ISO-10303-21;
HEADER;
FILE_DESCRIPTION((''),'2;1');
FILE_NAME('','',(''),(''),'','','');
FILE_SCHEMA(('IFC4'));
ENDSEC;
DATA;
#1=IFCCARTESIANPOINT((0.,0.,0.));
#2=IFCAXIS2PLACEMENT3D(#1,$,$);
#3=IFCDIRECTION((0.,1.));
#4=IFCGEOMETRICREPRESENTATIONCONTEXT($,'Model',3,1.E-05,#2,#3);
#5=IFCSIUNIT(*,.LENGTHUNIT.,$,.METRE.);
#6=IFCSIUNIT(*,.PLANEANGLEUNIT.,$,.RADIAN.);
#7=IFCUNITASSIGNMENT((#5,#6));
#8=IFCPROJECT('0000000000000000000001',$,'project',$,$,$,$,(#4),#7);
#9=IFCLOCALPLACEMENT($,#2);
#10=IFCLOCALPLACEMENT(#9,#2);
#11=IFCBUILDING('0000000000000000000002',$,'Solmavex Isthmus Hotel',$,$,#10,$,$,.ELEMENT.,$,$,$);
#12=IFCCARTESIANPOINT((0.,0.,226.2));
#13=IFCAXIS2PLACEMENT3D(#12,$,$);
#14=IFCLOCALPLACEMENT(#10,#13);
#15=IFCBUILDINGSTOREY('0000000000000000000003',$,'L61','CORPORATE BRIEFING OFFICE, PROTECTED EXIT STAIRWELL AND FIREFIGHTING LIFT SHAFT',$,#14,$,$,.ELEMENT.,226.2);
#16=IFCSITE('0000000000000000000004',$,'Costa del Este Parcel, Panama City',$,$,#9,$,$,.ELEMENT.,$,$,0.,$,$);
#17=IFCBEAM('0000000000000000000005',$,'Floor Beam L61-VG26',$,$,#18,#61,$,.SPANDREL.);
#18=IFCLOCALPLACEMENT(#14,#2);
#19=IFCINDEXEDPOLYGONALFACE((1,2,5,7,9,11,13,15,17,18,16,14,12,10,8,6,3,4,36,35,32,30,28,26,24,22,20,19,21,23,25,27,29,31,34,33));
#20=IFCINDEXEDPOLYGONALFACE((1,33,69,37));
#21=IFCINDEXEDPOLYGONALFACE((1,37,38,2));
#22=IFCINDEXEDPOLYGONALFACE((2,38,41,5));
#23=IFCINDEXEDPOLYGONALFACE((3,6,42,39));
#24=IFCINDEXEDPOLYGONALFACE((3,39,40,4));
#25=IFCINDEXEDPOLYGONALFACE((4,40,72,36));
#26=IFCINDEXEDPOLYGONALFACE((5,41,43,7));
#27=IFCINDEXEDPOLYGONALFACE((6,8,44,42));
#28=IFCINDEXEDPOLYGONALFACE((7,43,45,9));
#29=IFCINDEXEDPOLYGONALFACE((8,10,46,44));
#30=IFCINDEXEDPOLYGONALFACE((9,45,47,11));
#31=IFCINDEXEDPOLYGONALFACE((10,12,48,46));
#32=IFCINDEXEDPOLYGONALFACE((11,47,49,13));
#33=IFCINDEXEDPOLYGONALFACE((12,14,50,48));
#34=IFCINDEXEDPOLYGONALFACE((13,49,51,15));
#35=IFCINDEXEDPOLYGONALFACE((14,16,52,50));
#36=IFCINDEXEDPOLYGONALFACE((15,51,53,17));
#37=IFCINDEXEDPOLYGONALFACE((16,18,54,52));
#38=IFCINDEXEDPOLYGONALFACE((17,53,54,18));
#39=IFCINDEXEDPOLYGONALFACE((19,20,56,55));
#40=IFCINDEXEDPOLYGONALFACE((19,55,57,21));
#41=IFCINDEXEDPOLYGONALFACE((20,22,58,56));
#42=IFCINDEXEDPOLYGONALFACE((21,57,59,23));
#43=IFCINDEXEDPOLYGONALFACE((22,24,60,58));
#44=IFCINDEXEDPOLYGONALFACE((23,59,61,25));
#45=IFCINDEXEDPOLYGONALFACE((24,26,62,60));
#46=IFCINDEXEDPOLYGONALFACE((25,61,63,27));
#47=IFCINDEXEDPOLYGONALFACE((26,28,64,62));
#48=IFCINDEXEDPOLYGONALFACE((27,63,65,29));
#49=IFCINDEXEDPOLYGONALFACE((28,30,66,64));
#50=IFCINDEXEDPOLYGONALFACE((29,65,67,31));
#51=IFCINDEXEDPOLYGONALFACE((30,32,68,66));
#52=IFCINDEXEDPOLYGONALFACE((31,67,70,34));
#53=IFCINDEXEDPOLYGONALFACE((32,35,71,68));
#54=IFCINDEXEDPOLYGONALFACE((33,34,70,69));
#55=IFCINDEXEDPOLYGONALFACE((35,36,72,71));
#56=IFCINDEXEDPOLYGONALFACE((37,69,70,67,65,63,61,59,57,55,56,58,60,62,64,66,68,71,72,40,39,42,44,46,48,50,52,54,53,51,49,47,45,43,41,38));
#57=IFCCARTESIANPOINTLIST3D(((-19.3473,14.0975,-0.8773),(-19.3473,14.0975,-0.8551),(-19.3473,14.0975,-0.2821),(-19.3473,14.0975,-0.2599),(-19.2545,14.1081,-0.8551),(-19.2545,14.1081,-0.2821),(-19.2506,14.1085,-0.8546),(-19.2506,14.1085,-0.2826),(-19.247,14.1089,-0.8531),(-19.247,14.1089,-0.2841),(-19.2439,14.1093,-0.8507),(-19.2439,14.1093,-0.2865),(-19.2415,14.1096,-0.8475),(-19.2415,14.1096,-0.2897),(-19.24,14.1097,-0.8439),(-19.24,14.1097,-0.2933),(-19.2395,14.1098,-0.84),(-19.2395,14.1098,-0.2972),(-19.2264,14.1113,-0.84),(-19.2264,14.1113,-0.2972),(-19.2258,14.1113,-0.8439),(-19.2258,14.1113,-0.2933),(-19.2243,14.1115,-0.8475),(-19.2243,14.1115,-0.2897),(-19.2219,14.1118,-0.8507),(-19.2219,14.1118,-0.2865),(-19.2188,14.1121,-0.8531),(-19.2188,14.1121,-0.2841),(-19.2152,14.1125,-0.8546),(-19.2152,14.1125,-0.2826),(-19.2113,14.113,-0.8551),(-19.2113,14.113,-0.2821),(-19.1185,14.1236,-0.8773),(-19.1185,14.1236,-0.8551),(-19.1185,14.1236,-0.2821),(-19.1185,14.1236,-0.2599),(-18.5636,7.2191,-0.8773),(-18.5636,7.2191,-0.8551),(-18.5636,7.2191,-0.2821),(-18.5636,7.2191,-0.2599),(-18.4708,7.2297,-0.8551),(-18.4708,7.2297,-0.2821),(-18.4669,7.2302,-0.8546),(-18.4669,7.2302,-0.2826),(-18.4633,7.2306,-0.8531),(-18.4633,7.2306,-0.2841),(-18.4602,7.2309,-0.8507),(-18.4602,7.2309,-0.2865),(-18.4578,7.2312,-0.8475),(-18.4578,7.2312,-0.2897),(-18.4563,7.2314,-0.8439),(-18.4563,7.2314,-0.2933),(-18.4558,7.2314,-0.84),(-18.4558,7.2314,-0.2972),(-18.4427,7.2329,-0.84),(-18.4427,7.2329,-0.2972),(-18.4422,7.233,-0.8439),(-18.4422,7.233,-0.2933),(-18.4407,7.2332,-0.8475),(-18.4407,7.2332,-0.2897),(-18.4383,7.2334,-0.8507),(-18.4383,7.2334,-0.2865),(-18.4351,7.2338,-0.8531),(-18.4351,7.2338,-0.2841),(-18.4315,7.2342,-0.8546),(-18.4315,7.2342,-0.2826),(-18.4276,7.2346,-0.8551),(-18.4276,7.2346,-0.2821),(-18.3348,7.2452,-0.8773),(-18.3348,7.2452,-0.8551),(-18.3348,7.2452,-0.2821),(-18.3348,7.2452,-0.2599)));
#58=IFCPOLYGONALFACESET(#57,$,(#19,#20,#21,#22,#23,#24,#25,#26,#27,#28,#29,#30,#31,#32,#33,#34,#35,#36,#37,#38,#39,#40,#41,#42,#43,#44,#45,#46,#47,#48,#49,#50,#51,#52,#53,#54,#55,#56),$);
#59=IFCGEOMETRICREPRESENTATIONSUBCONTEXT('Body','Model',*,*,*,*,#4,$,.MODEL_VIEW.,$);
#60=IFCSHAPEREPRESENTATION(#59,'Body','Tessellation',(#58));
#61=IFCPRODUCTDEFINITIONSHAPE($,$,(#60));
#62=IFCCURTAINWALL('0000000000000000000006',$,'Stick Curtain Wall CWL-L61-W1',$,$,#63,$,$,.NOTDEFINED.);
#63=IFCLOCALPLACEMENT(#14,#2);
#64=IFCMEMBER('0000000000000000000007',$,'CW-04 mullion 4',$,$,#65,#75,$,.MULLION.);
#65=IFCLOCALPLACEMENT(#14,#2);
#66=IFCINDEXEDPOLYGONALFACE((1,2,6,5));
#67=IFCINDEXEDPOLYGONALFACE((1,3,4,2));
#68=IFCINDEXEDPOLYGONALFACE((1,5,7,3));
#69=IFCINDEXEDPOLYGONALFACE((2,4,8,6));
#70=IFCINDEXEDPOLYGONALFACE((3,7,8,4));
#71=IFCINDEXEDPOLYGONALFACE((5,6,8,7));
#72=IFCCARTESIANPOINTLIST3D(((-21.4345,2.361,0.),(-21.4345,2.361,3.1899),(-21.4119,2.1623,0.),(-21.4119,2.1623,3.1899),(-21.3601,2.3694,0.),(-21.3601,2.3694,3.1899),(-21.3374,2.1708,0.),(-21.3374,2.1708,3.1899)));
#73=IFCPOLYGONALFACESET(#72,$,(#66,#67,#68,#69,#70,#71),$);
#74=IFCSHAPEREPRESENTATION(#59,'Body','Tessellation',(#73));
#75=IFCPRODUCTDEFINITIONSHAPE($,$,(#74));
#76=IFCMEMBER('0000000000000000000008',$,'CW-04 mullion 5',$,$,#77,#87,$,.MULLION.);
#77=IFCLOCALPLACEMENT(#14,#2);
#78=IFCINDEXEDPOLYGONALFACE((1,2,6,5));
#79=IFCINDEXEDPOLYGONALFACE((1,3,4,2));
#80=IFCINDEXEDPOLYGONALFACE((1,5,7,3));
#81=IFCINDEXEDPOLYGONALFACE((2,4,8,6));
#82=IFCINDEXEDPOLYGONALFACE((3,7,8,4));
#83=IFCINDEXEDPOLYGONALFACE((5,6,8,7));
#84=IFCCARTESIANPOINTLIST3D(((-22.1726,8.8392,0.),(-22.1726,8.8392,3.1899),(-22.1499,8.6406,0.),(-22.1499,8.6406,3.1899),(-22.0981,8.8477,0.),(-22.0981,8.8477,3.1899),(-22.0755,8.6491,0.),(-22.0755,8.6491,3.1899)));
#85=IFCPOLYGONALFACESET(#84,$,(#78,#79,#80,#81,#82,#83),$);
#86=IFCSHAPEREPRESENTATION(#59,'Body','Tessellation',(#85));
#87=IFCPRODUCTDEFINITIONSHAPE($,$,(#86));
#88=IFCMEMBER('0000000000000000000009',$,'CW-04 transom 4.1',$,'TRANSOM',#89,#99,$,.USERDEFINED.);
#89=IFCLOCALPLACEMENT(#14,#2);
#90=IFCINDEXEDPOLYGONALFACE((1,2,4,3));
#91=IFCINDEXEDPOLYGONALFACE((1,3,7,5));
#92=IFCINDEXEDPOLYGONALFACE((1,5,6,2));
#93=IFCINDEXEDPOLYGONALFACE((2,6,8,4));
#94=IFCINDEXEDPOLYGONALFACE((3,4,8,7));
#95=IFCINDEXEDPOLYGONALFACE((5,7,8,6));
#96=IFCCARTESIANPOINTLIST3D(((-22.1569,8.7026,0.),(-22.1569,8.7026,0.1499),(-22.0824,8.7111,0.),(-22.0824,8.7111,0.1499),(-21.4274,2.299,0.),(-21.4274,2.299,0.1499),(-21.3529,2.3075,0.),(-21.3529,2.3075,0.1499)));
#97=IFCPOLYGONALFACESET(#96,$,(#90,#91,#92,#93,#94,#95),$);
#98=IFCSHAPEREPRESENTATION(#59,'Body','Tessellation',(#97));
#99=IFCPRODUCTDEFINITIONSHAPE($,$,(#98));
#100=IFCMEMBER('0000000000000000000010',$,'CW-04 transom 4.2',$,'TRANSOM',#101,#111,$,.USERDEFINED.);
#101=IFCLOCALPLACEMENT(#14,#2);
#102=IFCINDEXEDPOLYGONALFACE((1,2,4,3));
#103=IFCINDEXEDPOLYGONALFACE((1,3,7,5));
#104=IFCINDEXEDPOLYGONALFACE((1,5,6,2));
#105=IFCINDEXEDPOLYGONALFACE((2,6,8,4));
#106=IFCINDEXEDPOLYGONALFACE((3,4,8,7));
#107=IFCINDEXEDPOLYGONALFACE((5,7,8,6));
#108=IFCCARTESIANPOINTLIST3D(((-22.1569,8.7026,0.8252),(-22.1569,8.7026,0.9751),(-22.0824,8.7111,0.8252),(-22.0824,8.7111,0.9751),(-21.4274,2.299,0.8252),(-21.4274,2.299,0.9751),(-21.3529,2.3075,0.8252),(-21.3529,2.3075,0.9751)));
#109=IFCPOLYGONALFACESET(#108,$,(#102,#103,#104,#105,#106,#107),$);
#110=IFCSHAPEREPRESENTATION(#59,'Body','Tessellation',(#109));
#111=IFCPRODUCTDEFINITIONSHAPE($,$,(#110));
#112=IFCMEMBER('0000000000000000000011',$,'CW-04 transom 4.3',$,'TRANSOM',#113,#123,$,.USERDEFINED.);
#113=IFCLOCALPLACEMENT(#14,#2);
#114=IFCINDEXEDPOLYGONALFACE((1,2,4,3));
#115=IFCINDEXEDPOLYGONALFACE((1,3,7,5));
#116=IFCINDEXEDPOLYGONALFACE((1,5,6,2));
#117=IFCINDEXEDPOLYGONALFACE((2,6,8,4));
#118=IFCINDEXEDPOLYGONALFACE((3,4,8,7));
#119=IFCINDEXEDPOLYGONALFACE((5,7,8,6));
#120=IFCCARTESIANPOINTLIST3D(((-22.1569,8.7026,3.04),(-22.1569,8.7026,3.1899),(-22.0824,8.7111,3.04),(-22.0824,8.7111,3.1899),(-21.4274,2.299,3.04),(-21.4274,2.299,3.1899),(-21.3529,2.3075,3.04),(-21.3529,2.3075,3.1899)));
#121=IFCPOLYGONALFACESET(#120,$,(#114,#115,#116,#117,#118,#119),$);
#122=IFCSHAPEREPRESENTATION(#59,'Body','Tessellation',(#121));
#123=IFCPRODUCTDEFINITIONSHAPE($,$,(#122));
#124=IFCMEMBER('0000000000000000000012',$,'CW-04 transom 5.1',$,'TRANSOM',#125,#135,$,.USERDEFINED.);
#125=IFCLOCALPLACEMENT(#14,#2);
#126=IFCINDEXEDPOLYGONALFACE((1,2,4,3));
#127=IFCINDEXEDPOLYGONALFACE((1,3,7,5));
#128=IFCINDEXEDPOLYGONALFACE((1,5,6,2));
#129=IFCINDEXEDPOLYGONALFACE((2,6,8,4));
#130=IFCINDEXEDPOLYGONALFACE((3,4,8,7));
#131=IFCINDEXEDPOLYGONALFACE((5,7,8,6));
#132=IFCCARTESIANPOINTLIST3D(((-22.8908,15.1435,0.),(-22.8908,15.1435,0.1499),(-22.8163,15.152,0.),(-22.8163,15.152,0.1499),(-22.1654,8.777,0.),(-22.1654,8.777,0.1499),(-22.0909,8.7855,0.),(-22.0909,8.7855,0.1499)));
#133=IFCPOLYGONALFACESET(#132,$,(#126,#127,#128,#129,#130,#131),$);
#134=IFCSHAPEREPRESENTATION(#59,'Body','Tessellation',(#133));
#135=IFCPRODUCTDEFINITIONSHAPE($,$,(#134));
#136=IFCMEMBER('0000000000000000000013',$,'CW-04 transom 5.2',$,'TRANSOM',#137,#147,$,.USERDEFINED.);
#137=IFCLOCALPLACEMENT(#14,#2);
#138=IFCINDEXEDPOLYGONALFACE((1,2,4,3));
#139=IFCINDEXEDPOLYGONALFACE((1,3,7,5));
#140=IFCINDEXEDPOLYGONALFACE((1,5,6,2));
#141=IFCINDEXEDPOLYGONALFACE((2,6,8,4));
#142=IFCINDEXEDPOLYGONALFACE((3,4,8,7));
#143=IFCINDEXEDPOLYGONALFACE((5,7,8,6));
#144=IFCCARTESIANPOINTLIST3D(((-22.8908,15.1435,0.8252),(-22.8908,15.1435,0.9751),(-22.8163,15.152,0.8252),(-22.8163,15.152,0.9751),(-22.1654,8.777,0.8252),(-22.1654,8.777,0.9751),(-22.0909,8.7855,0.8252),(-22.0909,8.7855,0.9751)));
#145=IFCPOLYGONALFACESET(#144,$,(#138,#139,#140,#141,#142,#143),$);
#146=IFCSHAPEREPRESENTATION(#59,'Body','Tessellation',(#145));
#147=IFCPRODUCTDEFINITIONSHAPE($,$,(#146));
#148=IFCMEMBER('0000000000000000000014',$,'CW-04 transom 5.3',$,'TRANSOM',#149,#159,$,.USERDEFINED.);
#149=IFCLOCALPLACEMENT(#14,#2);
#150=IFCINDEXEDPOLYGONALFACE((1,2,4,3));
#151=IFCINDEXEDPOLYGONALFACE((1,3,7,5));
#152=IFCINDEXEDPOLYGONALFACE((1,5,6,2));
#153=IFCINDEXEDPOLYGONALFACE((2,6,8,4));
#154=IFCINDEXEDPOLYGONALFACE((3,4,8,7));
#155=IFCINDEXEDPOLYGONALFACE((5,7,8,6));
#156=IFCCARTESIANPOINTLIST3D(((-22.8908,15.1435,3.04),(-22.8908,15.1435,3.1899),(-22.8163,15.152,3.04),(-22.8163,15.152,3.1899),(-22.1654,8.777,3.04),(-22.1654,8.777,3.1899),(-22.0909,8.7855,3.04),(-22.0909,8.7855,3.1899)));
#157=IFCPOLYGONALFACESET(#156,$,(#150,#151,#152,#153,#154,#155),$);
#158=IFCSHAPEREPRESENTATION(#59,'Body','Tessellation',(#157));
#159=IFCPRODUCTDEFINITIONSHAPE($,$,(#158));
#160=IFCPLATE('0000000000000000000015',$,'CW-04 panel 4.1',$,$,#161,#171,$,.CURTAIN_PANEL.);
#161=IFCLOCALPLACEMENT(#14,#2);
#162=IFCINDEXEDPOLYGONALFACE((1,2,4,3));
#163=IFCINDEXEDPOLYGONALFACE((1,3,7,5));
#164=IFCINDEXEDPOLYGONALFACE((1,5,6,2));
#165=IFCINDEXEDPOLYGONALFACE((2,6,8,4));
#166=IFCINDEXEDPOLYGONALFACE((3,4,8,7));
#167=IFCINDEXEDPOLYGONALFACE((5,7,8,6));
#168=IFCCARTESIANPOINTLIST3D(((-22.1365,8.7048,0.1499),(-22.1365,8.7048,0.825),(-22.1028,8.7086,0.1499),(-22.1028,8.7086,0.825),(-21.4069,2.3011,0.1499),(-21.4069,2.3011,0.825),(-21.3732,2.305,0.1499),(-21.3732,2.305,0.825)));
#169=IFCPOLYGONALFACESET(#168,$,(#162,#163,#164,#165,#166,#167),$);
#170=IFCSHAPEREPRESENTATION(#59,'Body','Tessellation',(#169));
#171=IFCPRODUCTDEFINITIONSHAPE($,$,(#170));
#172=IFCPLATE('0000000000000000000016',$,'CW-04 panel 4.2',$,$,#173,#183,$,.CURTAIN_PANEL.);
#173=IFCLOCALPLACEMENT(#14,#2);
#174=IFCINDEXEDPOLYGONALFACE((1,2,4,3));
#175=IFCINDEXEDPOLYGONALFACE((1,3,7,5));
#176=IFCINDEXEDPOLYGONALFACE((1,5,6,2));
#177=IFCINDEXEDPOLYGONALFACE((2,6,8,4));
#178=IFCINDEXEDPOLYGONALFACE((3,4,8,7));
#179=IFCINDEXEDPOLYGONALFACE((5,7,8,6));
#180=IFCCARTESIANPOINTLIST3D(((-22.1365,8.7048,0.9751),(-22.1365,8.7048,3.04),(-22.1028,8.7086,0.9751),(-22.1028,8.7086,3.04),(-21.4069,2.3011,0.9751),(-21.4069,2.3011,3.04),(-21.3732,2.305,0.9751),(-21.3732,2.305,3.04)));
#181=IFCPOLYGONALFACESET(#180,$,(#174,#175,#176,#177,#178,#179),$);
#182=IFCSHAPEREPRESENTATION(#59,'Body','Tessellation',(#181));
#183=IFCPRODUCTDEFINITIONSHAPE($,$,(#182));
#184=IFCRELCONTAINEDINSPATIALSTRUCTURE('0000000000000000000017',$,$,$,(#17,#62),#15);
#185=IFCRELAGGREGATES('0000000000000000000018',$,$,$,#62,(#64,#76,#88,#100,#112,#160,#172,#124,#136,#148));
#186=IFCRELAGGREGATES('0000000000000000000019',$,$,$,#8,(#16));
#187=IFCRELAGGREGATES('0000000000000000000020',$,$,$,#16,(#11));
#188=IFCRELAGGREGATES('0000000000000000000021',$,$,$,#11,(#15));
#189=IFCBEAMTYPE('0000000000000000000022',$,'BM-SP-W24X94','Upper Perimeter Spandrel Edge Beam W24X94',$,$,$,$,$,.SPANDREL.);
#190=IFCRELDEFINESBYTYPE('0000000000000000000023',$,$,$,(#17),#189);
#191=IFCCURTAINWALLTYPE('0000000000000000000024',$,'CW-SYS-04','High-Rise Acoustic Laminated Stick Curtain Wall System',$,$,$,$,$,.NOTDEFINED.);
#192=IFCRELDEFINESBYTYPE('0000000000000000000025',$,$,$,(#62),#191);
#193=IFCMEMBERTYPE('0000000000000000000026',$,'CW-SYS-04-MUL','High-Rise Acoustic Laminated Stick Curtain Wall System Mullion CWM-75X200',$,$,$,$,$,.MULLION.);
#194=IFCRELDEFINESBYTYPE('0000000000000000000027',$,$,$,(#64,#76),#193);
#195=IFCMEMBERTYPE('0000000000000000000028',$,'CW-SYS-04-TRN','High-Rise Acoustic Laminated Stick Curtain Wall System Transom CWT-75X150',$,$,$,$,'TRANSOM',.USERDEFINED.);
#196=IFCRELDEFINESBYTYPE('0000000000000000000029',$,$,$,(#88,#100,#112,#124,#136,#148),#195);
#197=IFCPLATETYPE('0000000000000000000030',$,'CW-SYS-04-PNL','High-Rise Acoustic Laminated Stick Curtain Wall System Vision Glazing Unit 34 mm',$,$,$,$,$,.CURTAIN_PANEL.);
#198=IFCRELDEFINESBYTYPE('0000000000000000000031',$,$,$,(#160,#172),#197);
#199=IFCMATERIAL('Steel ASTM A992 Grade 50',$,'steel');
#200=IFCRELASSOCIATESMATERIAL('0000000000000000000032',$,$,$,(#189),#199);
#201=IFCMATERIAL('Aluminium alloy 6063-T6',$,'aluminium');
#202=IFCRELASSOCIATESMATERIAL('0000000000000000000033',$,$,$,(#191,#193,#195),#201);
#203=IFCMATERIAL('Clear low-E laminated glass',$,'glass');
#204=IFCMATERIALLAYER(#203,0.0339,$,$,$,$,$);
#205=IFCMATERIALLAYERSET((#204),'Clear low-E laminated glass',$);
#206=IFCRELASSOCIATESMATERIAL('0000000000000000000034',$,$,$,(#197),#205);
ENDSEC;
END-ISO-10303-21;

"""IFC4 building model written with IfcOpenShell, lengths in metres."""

from ifc_helpers import new_model, si_unit, direction, frame, origin, origin_2d, place, context, subcontext, project, spatial, rectangle, i_section, extrude, material, layer, layer_set, material_profile, profile_set, type_object, element, aggregate, save


model = new_model("IFC4")

# Units and contexts
model_context = context("Model", 3, precision=1e-05, world=origin(), true_north=direction((0.0, 1.0)))
body_context = subcontext(model_context, "Body", "Model", "MODEL_VIEW")
ifc_project = project(units=[si_unit("LENGTHUNIT", "METRE"), si_unit("PLANEANGLEUNIT", "RADIAN")], contexts=[model_context])

# Site, building, storey
site_placement = place(None, origin())
site = spatial("IfcSite", under=ifc_project, at=site_placement, Name="Costa del Este Parcel, Panama City", CompositionType="ELEMENT", RefElevation=0.0)
building_placement = place(site_placement, origin())
building = spatial("IfcBuilding", under=site, at=building_placement, Name="Solmavex Isthmus Hotel", CompositionType="ELEMENT")
storey_placement = place(building_placement, frame((0.0, 0.0, 226.2)))
storey = spatial("IfcBuildingStorey", under=building, at=storey_placement, Name="L61", Description="CORPORATE BRIEFING OFFICE, PROTECTED EXIT STAIRWELL AND FIREFIGHTING LIFT SHAFT", CompositionType="ELEMENT", Elevation=226.2)

# Beam
ifc_material_1 = material(Name="Steel ASTM A992 Grade 50", Category="steel")
ifc_material_profile_1 = material_profile(ifc_material_1, i_section(OverallWidth=0.2302, OverallDepth=0.6174, WebThickness=0.0132, FlangeThickness=0.0222, FilletRadius=0.0151, at=origin_2d()), Name="W24X94")
ifc_profile_set_1 = profile_set([ifc_material_profile_1], Name="Steel ASTM A992 Grade 50")
beam_type_1 = type_object("IfcBeamType", Name="BM-SP-W24X94", Description="Upper Perimeter Spandrel Edge Beam W24X94", PredefinedType="SPANDREL", material=ifc_profile_set_1)
beam_1_placement = place(storey_placement, frame((-18.4492, 7.2322, -0.5686), z_axis=(-0.113202, 0.993572, 0.0), x_axis=(-0.993572, -0.113202, 0.0)))
element("IfcBeam", 1, at=beam_1_placement, inside=storey, type_object=beam_type_1, Name="Floor Beam L61-VG26", PredefinedType="SPANDREL", context=body_context, shape_type="SweptSolid", body=[
    extrude(i_section(OverallWidth=0.2302, OverallDepth=0.6174, WebThickness=0.0132, FlangeThickness=0.0222, FilletRadius=0.0151, at=origin_2d()), origin(), (0.0, 0.0, 1.0), 6.9229),
])

# Curtain wall, members, plates
ifc_material_2 = material(Name="Aluminium alloy 6063-T6", Category="aluminium")
curtain_wall_type = type_object("IfcCurtainWallType", Name="CW-SYS-04", Description="High-Rise Acoustic Laminated Stick Curtain Wall System", PredefinedType="NOTDEFINED", material=ifc_material_2)
curtain_wall_placement = place(storey_placement, origin())
curtain_wall = element("IfcCurtainWall", 2, at=curtain_wall_placement, inside=storey, type_object=curtain_wall_type, Name="Stick Curtain Wall CWL-L61-W1", PredefinedType="NOTDEFINED")
ifc_material_profile_2 = material_profile(ifc_material_2, rectangle(XDim=0.075, YDim=0.2, at=origin_2d()), Name="CWM-75X200")
ifc_profile_set_2 = profile_set([ifc_material_profile_2], Name="Aluminium alloy 6063-T6")
member_type_1 = type_object("IfcMemberType", Name="CW-SYS-04-MUL", Description="High-Rise Acoustic Laminated Stick Curtain Wall System Mullion CWM-75X200", PredefinedType="MULLION", material=ifc_profile_set_2)
member_1_placement = place(storey_placement, frame((-21.386, 2.2659, 0.0), z_axis=(0.0, 0.0, 1.0), x_axis=(-0.993572, -0.113203, 0.0)))
member_1 = element("IfcMember", 3, at=member_1_placement, type_object=member_type_1, Name="CW-04 mullion 4", PredefinedType="MULLION", context=body_context, shape_type="SweptSolid", body=[
    extrude(rectangle(XDim=0.075, YDim=0.2, at=origin_2d()), origin(), (0.0, 0.0, 1.0), 3.1899),
])
member_2_placement = place(storey_placement, frame((-22.124, 8.7441, 0.0), z_axis=(0.0, 0.0, 1.0), x_axis=(-0.993572, -0.113203, 0.0)))
member_2 = element("IfcMember", 4, at=member_2_placement, type_object=member_type_1, Name="CW-04 mullion 5", PredefinedType="MULLION", context=body_context, shape_type="SweptSolid", body=[
    extrude(rectangle(XDim=0.075, YDim=0.2, at=origin_2d()), origin(), (0.0, 0.0, 1.0), 3.1899),
])
ifc_material_profile_3 = material_profile(ifc_material_2, rectangle(XDim=0.075, YDim=0.1499, at=origin_2d()), Name="CWT-75X150")
ifc_profile_set_3 = profile_set([ifc_material_profile_3], Name="Aluminium alloy 6063-T6")
member_type_2 = type_object("IfcMemberType", Name="CW-SYS-04-TRN", Description="High-Rise Acoustic Laminated Stick Curtain Wall System Transom CWT-75X150", ElementType="TRANSOM", PredefinedType="USERDEFINED", material=ifc_profile_set_3)
member_3_placement = place(storey_placement, frame((-21.3901, 2.3032, 0.075), z_axis=(-0.113188, 0.993574, 0.0), x_axis=(-0.993574, -0.113188, 0.0)))
member_3 = element("IfcMember", 5, at=member_3_placement, type_object=member_type_2, Name="CW-04 transom 4.1", ObjectType="TRANSOM", PredefinedType="USERDEFINED", context=body_context, shape_type="SweptSolid", body=[
    extrude(rectangle(XDim=0.075, YDim=0.1499, at=origin_2d()), origin(), (0.0, 0.0, 1.0), 6.4451),
])
member_4_placement = place(storey_placement, frame((-21.3901, 2.3032, 0.9001), z_axis=(-0.113188, 0.993574, 0.0), x_axis=(-0.993574, -0.113188, 0.0)))
member_4 = element("IfcMember", 6, at=member_4_placement, type_object=member_type_2, Name="CW-04 transom 4.2", ObjectType="TRANSOM", PredefinedType="USERDEFINED", context=body_context, shape_type="SweptSolid", body=[
    extrude(rectangle(XDim=0.075, YDim=0.1499, at=origin_2d()), origin(), (0.0, 0.0, 1.0), 6.4451),
])
member_5_placement = place(storey_placement, frame((-21.3901, 2.3032, 3.115), z_axis=(-0.113188, 0.993574, 0.0), x_axis=(-0.993574, -0.113188, 0.0)))
member_5 = element("IfcMember", 7, at=member_5_placement, type_object=member_type_2, Name="CW-04 transom 4.3", ObjectType="TRANSOM", PredefinedType="USERDEFINED", context=body_context, shape_type="SweptSolid", body=[
    extrude(rectangle(XDim=0.075, YDim=0.1499, at=origin_2d()), origin(), (0.0, 0.0, 1.0), 6.4451),
])
member_6_placement = place(storey_placement, frame((-22.1282, 8.7812, 0.075), z_axis=(-0.113199, 0.993572, 0.0), x_axis=(-0.993572, -0.113199, 0.0)))
member_6 = element("IfcMember", 8, at=member_6_placement, type_object=member_type_2, Name="CW-04 transom 5.1", ObjectType="TRANSOM", PredefinedType="USERDEFINED", context=body_context, shape_type="SweptSolid", body=[
    extrude(rectangle(XDim=0.075, YDim=0.1499, at=origin_2d()), origin(), (0.0, 0.0, 1.0), 6.4077),
])
member_7_placement = place(storey_placement, frame((-22.1282, 8.7812, 0.9001), z_axis=(-0.113199, 0.993572, 0.0), x_axis=(-0.993572, -0.113199, 0.0)))
member_7 = element("IfcMember", 9, at=member_7_placement, type_object=member_type_2, Name="CW-04 transom 5.2", ObjectType="TRANSOM", PredefinedType="USERDEFINED", context=body_context, shape_type="SweptSolid", body=[
    extrude(rectangle(XDim=0.075, YDim=0.1499, at=origin_2d()), origin(), (0.0, 0.0, 1.0), 6.4077),
])
member_8_placement = place(storey_placement, frame((-22.1282, 8.7812, 3.115), z_axis=(-0.113199, 0.993572, 0.0), x_axis=(-0.993572, -0.113199, 0.0)))
member_8 = element("IfcMember", 10, at=member_8_placement, type_object=member_type_2, Name="CW-04 transom 5.3", ObjectType="TRANSOM", PredefinedType="USERDEFINED", context=body_context, shape_type="SweptSolid", body=[
    extrude(rectangle(XDim=0.075, YDim=0.1499, at=origin_2d()), origin(), (0.0, 0.0, 1.0), 6.4077),
])
ifc_material_3 = material(Name="Clear low-E laminated glass", Category="glass")
ifc_layer_1 = layer(ifc_material_3, 0.0339)
ifc_layer_set_1 = layer_set([ifc_layer_1], Name="Clear low-E laminated glass")
plate_type = type_object("IfcPlateType", Name="CW-SYS-04-PNL", Description="High-Rise Acoustic Laminated Stick Curtain Wall System Vision Glazing Unit 34 mm", PredefinedType="CURTAIN_PANEL", material=ifc_layer_set_1)
plate_1_placement = place(storey_placement, frame((-21.7549, 5.5049, 0.1499), z_axis=(0.0, 0.0, 1.0), x_axis=(-0.113203, 0.993572, 0.0)))
plate_1 = element("IfcPlate", 11, at=plate_1_placement, type_object=plate_type, Name="CW-04 panel 4.1", PredefinedType="CURTAIN_PANEL", context=body_context, shape_type="SweptSolid", body=[
    extrude(rectangle(XDim=6.4451, YDim=0.0339, at=origin_2d()), origin(), (0.0, 0.0, 1.0), 0.675),
])
plate_2_placement = place(storey_placement, frame((-21.7549, 5.5049, 0.9751), z_axis=(0.0, 0.0, 1.0), x_axis=(-0.113203, 0.993572, 0.0)))
plate_2 = element("IfcPlate", 12, at=plate_2_placement, type_object=plate_type, Name="CW-04 panel 4.2", PredefinedType="CURTAIN_PANEL", context=body_context, shape_type="SweptSolid", body=[
    extrude(rectangle(XDim=6.4451, YDim=0.0339, at=origin_2d()), origin(), (0.0, 0.0, 1.0), 2.0649),
])
aggregate(curtain_wall, [member_1, member_2, member_3, member_4, member_5, plate_1, plate_2, member_6, member_7, member_8])

save(model, "model.ifc")
